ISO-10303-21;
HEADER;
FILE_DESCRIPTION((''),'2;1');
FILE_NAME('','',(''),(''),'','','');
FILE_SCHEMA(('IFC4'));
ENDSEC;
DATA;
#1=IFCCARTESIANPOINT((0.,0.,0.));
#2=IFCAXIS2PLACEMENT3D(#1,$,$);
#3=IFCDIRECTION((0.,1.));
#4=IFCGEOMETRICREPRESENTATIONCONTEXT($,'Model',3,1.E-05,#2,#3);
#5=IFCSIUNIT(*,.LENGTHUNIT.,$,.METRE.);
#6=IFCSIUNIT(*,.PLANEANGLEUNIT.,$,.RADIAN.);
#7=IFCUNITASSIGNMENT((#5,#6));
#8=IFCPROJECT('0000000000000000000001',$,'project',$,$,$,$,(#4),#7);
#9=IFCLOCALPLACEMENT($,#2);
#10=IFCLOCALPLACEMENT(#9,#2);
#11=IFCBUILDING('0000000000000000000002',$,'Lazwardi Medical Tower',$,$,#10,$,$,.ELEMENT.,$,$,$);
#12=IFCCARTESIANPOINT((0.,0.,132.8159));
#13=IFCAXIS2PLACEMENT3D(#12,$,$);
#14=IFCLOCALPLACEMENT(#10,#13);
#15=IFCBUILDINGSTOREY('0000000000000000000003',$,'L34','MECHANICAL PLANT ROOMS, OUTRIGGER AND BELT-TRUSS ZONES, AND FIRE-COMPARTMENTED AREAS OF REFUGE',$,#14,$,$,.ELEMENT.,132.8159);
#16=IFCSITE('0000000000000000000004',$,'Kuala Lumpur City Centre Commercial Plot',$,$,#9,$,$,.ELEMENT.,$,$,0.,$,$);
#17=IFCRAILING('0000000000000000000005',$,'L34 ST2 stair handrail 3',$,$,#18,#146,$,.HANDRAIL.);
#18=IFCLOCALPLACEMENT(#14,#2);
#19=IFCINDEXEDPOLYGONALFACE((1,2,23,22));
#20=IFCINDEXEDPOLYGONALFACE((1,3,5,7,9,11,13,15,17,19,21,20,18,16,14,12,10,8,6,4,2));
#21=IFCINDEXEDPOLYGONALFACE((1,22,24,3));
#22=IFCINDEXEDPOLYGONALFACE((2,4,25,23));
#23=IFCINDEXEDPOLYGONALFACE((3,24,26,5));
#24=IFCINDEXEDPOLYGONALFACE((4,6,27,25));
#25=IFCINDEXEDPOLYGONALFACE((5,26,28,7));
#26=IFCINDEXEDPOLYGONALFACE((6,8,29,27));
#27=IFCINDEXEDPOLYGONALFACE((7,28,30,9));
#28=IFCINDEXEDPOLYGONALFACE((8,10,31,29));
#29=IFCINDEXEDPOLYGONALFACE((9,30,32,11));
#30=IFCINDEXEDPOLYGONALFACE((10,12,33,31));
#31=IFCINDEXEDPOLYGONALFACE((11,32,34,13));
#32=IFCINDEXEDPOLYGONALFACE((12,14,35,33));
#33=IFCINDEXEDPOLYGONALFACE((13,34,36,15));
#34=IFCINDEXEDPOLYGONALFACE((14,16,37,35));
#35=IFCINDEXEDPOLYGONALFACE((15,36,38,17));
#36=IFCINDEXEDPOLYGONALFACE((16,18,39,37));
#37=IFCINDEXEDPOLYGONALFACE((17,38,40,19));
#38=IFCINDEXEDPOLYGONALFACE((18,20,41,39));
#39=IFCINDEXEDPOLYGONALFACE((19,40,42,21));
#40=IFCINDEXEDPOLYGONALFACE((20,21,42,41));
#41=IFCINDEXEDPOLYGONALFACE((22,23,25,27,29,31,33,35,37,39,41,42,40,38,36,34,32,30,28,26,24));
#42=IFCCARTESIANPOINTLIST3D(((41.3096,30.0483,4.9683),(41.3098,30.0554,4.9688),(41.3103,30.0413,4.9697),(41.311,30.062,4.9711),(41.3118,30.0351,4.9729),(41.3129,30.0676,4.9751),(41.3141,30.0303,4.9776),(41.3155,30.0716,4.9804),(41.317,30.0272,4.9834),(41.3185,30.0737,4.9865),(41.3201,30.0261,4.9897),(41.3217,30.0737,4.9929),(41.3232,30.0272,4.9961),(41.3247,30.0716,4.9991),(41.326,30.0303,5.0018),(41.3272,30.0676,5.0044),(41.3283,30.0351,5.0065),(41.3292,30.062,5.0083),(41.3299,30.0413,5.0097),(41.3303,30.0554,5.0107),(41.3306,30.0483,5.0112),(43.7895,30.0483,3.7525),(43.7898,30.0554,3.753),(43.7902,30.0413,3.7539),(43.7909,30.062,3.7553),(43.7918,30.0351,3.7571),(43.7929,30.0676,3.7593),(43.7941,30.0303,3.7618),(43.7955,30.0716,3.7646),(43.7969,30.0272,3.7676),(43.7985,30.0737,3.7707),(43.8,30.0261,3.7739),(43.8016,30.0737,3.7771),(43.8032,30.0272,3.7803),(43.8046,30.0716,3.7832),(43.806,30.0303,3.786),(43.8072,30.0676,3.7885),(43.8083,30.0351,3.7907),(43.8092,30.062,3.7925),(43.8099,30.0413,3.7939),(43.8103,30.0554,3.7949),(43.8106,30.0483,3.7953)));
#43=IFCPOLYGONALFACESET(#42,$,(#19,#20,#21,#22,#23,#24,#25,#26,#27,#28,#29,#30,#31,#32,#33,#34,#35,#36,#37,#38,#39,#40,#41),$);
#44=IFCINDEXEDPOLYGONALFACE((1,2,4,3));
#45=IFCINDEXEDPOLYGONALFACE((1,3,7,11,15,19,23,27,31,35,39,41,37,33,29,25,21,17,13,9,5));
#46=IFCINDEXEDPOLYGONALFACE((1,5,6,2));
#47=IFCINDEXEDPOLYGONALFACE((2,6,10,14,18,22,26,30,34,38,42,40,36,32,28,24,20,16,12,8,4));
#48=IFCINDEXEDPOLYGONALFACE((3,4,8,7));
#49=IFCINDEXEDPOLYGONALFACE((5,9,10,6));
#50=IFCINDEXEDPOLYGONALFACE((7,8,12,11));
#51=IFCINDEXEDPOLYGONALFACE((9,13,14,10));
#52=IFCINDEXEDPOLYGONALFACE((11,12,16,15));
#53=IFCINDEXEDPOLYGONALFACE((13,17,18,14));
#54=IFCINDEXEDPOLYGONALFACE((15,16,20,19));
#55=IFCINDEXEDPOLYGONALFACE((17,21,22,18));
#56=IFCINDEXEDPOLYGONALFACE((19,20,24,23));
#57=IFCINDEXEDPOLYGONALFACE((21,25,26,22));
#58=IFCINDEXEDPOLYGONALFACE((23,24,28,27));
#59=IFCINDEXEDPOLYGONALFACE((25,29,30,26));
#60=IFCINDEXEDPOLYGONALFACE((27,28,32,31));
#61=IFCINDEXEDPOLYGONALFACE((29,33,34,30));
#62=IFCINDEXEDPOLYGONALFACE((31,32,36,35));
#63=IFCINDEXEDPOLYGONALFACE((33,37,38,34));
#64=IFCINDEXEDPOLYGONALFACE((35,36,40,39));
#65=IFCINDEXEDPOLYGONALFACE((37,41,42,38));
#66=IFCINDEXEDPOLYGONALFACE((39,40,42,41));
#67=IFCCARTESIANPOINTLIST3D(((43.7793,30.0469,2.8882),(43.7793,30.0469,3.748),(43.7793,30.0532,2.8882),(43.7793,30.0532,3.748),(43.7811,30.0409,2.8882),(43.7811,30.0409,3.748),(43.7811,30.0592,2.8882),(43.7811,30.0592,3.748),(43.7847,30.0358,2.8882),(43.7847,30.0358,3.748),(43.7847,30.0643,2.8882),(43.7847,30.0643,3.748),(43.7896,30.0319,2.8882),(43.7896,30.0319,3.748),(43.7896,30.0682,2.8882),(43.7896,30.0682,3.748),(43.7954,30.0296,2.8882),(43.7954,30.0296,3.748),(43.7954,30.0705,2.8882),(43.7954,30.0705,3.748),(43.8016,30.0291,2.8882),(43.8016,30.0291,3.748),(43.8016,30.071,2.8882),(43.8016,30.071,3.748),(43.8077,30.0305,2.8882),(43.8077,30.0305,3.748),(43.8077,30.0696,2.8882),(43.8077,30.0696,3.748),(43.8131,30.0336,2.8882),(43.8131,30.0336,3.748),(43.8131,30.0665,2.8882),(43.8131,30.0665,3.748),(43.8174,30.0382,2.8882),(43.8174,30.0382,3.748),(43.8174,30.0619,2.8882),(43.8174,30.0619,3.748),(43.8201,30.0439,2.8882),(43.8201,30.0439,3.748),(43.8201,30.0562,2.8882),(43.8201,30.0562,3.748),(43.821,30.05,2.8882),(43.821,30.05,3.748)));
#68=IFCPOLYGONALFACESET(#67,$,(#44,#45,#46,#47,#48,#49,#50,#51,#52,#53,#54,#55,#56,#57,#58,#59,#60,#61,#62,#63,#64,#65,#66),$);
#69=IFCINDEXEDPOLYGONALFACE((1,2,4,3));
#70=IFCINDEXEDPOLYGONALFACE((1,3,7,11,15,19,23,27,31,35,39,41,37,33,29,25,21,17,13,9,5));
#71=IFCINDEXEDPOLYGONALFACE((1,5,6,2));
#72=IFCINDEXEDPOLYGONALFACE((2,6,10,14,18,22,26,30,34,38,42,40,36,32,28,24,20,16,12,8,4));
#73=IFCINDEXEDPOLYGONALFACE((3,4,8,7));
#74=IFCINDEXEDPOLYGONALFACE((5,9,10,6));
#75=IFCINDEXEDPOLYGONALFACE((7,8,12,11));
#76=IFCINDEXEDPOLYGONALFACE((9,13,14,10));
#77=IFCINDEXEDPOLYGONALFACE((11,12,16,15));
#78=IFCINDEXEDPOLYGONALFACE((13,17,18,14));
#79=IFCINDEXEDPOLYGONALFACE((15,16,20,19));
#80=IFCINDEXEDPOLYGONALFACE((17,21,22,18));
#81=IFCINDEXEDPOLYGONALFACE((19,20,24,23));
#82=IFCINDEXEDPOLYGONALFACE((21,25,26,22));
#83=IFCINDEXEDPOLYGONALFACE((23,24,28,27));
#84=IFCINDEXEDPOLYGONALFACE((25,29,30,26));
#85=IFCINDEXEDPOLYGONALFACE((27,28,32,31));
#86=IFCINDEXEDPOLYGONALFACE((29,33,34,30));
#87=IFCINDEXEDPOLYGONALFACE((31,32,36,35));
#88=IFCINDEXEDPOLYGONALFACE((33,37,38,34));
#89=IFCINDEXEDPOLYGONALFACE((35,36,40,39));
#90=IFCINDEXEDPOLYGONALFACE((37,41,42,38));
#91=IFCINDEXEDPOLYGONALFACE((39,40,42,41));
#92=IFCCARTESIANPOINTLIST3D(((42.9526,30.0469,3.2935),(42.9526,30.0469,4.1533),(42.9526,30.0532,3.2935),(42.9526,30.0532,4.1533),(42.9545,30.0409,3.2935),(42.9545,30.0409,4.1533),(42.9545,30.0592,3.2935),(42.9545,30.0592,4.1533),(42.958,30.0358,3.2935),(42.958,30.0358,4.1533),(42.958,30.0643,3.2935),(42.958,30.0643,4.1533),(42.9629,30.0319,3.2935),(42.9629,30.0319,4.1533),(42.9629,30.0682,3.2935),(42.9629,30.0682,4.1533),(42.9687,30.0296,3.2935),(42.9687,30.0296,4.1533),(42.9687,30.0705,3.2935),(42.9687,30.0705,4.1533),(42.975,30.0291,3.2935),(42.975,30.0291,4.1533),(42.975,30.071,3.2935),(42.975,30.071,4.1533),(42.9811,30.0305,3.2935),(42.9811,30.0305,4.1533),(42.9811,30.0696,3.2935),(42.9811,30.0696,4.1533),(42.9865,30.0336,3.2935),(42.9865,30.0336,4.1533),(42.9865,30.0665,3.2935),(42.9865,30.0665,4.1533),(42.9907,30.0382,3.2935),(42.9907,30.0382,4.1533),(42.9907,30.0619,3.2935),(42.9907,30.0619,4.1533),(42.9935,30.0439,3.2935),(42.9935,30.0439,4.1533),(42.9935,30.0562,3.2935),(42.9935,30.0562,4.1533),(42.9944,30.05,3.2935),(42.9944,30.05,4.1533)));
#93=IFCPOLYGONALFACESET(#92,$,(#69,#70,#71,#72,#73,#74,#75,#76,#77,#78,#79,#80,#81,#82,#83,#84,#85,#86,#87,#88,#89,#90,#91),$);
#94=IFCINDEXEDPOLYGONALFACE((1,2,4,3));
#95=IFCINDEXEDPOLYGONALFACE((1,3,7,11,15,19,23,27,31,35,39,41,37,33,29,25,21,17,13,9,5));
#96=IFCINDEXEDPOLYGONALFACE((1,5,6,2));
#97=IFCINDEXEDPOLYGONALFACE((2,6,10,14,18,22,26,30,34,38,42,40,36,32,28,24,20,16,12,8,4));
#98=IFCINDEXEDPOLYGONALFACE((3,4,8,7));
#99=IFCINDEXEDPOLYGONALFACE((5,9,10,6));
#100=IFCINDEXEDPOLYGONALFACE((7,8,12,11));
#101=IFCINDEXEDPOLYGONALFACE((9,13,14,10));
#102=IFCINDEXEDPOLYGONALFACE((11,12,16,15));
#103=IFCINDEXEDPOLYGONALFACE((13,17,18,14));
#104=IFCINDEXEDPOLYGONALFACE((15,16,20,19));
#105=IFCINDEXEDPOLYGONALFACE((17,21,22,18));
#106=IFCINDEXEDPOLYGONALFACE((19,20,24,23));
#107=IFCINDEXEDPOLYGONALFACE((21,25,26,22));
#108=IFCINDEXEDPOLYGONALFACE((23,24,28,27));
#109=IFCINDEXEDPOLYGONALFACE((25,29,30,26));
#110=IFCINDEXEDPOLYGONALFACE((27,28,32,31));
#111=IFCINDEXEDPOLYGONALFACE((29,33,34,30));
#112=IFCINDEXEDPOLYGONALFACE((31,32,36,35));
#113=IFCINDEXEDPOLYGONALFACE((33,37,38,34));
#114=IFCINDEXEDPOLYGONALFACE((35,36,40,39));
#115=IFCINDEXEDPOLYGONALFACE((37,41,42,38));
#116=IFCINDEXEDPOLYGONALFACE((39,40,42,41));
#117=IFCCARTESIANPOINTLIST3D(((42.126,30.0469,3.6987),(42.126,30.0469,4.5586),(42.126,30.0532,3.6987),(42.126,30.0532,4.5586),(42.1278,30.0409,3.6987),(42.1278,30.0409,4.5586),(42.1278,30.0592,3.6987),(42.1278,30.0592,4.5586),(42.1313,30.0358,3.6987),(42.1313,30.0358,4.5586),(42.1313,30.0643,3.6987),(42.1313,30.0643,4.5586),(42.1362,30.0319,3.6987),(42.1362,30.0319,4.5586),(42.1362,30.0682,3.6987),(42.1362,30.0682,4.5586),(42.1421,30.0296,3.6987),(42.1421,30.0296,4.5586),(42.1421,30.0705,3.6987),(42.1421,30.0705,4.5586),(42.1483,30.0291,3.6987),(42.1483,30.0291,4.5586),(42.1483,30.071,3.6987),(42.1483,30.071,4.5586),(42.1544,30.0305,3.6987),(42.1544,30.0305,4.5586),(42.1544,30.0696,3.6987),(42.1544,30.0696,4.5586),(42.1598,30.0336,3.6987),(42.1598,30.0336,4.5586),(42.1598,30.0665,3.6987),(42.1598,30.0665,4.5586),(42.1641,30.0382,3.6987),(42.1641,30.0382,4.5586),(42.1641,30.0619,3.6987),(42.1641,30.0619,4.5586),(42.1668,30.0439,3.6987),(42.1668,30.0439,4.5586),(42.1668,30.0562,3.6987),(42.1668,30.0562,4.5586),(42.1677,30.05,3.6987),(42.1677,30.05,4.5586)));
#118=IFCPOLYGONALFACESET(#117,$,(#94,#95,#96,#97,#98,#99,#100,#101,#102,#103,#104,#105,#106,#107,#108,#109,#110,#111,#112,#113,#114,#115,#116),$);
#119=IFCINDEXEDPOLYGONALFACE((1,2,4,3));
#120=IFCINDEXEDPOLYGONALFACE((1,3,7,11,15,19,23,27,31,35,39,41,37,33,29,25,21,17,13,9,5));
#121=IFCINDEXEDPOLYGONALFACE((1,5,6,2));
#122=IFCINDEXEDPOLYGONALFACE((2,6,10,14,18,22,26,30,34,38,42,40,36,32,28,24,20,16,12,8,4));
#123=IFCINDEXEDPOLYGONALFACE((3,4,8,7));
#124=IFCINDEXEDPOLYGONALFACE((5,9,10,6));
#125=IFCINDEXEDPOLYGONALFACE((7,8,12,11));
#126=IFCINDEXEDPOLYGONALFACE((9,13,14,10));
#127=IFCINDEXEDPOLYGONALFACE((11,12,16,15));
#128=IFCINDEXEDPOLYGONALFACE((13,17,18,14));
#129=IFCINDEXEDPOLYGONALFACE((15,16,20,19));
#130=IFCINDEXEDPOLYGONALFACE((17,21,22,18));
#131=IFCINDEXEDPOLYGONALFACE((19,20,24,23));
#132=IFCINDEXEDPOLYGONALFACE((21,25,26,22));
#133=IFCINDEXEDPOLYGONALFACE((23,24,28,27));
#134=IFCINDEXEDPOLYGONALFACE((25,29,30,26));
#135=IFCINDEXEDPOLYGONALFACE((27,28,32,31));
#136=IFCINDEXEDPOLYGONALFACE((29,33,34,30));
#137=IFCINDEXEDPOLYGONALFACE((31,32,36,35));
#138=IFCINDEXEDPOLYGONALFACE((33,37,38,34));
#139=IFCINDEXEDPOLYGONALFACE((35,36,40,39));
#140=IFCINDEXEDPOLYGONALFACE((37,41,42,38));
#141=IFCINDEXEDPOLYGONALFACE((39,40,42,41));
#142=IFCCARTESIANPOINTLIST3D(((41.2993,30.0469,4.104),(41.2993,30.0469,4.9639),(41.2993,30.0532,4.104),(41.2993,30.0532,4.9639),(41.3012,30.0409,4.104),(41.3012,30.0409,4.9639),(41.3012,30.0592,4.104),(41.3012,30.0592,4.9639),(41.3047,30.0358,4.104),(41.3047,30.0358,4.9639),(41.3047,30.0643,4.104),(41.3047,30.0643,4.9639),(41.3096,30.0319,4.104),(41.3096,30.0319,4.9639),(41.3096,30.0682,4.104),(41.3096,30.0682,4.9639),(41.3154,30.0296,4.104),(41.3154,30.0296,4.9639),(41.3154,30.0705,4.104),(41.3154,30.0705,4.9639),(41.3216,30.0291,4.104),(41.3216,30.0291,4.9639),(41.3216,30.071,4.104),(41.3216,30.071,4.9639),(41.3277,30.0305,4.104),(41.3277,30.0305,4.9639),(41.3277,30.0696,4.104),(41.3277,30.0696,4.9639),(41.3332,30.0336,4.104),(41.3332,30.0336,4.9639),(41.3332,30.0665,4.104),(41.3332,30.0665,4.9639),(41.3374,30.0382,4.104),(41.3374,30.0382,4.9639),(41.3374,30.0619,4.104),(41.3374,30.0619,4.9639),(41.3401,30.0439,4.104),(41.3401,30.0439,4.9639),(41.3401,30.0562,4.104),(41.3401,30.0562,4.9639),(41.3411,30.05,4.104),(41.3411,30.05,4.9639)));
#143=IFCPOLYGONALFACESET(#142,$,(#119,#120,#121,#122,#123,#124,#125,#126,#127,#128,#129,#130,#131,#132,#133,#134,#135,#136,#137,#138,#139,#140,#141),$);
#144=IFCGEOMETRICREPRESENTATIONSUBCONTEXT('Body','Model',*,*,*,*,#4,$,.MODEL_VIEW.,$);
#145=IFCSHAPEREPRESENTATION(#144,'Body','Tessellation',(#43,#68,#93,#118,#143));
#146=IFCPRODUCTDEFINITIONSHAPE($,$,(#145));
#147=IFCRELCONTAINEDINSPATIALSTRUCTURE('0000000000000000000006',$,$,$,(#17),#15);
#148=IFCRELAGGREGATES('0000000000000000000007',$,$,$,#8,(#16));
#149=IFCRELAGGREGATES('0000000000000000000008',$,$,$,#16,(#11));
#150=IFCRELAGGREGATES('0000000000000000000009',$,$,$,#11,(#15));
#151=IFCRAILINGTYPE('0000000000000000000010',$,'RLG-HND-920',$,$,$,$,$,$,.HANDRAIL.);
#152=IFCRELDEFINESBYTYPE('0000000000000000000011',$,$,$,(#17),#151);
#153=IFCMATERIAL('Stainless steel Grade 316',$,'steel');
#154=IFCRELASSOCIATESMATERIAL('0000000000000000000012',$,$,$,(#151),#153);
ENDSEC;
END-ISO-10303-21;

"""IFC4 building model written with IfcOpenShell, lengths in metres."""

from ifc_helpers import new_model, si_unit, direction, frame, origin, origin_2d, place, context, subcontext, project, spatial, circle, extrude, material, type_object, element, save


model = new_model("IFC4")

# Units and contexts
model_context = context("Model", 3, precision=1e-05, world=origin(), true_north=direction((0.0, 1.0)))
body_context = subcontext(model_context, "Body", "Model", "MODEL_VIEW")
ifc_project = project(units=[si_unit("LENGTHUNIT", "METRE"), si_unit("PLANEANGLEUNIT", "RADIAN")], contexts=[model_context])

# Site, building, storey
site_placement = place(None, origin())
site = spatial("IfcSite", under=ifc_project, at=site_placement, Name="Kuala Lumpur City Centre Commercial Plot", CompositionType="ELEMENT", RefElevation=0.0)
building_placement = place(site_placement, origin())
building = spatial("IfcBuilding", under=site, at=building_placement, Name="Lazwardi Medical Tower", CompositionType="ELEMENT")
storey_placement = place(building_placement, frame((0.0, 0.0, 132.8159)))
storey = spatial("IfcBuildingStorey", under=building, at=storey_placement, Name="L34", Description="MECHANICAL PLANT ROOMS, OUTRIGGER AND BELT-TRUSS ZONES, AND FIRE-COMPARTMENTED AREAS OF REFUGE", CompositionType="ELEMENT", Elevation=132.8159)

# Railing
ifc_material_1 = material(Name="Stainless steel Grade 316", Category="steel")
railing_type_1 = type_object("IfcRailingType", Name="RLG-HND-920", PredefinedType="HANDRAIL", material=ifc_material_1)
railing_1_placement = place(storey_placement, frame((43.8, 30.05, 2.8882)))
element("IfcRailing", 1, at=railing_1_placement, inside=storey, type_object=railing_type_1, Name="L34 ST2 stair handrail 3", PredefinedType="HANDRAIL", context=body_context, shape_type="SweptSolid", body=[
    extrude(circle(Radius=0.0239, at=origin_2d()), frame((0.0, 0.0, 0.8857), z_axis=(-0.8979, 0.0, 0.440199), x_axis=(0.0, -1.0, 0.0)), (0.0, 0.0, 1.0), 2.762),
    extrude(circle(Radius=0.021, at=origin_2d()), origin(), (0.0, 0.0, 1.0), 0.8599),
    extrude(circle(Radius=0.021, at=origin_2d()), frame((-0.8267, 0.0, 0.4053)), (0.0, 0.0, 1.0), 0.8599),
    extrude(circle(Radius=0.021, at=origin_2d()), frame((-1.6533, 0.0, 0.8105)), (0.0, 0.0, 1.0), 0.8599),
    extrude(circle(Radius=0.021, at=origin_2d()), frame((-2.48, 0.0, 1.2158)), (0.0, 0.0, 1.0), 0.8599),
])

save(model, "model.ifc")
